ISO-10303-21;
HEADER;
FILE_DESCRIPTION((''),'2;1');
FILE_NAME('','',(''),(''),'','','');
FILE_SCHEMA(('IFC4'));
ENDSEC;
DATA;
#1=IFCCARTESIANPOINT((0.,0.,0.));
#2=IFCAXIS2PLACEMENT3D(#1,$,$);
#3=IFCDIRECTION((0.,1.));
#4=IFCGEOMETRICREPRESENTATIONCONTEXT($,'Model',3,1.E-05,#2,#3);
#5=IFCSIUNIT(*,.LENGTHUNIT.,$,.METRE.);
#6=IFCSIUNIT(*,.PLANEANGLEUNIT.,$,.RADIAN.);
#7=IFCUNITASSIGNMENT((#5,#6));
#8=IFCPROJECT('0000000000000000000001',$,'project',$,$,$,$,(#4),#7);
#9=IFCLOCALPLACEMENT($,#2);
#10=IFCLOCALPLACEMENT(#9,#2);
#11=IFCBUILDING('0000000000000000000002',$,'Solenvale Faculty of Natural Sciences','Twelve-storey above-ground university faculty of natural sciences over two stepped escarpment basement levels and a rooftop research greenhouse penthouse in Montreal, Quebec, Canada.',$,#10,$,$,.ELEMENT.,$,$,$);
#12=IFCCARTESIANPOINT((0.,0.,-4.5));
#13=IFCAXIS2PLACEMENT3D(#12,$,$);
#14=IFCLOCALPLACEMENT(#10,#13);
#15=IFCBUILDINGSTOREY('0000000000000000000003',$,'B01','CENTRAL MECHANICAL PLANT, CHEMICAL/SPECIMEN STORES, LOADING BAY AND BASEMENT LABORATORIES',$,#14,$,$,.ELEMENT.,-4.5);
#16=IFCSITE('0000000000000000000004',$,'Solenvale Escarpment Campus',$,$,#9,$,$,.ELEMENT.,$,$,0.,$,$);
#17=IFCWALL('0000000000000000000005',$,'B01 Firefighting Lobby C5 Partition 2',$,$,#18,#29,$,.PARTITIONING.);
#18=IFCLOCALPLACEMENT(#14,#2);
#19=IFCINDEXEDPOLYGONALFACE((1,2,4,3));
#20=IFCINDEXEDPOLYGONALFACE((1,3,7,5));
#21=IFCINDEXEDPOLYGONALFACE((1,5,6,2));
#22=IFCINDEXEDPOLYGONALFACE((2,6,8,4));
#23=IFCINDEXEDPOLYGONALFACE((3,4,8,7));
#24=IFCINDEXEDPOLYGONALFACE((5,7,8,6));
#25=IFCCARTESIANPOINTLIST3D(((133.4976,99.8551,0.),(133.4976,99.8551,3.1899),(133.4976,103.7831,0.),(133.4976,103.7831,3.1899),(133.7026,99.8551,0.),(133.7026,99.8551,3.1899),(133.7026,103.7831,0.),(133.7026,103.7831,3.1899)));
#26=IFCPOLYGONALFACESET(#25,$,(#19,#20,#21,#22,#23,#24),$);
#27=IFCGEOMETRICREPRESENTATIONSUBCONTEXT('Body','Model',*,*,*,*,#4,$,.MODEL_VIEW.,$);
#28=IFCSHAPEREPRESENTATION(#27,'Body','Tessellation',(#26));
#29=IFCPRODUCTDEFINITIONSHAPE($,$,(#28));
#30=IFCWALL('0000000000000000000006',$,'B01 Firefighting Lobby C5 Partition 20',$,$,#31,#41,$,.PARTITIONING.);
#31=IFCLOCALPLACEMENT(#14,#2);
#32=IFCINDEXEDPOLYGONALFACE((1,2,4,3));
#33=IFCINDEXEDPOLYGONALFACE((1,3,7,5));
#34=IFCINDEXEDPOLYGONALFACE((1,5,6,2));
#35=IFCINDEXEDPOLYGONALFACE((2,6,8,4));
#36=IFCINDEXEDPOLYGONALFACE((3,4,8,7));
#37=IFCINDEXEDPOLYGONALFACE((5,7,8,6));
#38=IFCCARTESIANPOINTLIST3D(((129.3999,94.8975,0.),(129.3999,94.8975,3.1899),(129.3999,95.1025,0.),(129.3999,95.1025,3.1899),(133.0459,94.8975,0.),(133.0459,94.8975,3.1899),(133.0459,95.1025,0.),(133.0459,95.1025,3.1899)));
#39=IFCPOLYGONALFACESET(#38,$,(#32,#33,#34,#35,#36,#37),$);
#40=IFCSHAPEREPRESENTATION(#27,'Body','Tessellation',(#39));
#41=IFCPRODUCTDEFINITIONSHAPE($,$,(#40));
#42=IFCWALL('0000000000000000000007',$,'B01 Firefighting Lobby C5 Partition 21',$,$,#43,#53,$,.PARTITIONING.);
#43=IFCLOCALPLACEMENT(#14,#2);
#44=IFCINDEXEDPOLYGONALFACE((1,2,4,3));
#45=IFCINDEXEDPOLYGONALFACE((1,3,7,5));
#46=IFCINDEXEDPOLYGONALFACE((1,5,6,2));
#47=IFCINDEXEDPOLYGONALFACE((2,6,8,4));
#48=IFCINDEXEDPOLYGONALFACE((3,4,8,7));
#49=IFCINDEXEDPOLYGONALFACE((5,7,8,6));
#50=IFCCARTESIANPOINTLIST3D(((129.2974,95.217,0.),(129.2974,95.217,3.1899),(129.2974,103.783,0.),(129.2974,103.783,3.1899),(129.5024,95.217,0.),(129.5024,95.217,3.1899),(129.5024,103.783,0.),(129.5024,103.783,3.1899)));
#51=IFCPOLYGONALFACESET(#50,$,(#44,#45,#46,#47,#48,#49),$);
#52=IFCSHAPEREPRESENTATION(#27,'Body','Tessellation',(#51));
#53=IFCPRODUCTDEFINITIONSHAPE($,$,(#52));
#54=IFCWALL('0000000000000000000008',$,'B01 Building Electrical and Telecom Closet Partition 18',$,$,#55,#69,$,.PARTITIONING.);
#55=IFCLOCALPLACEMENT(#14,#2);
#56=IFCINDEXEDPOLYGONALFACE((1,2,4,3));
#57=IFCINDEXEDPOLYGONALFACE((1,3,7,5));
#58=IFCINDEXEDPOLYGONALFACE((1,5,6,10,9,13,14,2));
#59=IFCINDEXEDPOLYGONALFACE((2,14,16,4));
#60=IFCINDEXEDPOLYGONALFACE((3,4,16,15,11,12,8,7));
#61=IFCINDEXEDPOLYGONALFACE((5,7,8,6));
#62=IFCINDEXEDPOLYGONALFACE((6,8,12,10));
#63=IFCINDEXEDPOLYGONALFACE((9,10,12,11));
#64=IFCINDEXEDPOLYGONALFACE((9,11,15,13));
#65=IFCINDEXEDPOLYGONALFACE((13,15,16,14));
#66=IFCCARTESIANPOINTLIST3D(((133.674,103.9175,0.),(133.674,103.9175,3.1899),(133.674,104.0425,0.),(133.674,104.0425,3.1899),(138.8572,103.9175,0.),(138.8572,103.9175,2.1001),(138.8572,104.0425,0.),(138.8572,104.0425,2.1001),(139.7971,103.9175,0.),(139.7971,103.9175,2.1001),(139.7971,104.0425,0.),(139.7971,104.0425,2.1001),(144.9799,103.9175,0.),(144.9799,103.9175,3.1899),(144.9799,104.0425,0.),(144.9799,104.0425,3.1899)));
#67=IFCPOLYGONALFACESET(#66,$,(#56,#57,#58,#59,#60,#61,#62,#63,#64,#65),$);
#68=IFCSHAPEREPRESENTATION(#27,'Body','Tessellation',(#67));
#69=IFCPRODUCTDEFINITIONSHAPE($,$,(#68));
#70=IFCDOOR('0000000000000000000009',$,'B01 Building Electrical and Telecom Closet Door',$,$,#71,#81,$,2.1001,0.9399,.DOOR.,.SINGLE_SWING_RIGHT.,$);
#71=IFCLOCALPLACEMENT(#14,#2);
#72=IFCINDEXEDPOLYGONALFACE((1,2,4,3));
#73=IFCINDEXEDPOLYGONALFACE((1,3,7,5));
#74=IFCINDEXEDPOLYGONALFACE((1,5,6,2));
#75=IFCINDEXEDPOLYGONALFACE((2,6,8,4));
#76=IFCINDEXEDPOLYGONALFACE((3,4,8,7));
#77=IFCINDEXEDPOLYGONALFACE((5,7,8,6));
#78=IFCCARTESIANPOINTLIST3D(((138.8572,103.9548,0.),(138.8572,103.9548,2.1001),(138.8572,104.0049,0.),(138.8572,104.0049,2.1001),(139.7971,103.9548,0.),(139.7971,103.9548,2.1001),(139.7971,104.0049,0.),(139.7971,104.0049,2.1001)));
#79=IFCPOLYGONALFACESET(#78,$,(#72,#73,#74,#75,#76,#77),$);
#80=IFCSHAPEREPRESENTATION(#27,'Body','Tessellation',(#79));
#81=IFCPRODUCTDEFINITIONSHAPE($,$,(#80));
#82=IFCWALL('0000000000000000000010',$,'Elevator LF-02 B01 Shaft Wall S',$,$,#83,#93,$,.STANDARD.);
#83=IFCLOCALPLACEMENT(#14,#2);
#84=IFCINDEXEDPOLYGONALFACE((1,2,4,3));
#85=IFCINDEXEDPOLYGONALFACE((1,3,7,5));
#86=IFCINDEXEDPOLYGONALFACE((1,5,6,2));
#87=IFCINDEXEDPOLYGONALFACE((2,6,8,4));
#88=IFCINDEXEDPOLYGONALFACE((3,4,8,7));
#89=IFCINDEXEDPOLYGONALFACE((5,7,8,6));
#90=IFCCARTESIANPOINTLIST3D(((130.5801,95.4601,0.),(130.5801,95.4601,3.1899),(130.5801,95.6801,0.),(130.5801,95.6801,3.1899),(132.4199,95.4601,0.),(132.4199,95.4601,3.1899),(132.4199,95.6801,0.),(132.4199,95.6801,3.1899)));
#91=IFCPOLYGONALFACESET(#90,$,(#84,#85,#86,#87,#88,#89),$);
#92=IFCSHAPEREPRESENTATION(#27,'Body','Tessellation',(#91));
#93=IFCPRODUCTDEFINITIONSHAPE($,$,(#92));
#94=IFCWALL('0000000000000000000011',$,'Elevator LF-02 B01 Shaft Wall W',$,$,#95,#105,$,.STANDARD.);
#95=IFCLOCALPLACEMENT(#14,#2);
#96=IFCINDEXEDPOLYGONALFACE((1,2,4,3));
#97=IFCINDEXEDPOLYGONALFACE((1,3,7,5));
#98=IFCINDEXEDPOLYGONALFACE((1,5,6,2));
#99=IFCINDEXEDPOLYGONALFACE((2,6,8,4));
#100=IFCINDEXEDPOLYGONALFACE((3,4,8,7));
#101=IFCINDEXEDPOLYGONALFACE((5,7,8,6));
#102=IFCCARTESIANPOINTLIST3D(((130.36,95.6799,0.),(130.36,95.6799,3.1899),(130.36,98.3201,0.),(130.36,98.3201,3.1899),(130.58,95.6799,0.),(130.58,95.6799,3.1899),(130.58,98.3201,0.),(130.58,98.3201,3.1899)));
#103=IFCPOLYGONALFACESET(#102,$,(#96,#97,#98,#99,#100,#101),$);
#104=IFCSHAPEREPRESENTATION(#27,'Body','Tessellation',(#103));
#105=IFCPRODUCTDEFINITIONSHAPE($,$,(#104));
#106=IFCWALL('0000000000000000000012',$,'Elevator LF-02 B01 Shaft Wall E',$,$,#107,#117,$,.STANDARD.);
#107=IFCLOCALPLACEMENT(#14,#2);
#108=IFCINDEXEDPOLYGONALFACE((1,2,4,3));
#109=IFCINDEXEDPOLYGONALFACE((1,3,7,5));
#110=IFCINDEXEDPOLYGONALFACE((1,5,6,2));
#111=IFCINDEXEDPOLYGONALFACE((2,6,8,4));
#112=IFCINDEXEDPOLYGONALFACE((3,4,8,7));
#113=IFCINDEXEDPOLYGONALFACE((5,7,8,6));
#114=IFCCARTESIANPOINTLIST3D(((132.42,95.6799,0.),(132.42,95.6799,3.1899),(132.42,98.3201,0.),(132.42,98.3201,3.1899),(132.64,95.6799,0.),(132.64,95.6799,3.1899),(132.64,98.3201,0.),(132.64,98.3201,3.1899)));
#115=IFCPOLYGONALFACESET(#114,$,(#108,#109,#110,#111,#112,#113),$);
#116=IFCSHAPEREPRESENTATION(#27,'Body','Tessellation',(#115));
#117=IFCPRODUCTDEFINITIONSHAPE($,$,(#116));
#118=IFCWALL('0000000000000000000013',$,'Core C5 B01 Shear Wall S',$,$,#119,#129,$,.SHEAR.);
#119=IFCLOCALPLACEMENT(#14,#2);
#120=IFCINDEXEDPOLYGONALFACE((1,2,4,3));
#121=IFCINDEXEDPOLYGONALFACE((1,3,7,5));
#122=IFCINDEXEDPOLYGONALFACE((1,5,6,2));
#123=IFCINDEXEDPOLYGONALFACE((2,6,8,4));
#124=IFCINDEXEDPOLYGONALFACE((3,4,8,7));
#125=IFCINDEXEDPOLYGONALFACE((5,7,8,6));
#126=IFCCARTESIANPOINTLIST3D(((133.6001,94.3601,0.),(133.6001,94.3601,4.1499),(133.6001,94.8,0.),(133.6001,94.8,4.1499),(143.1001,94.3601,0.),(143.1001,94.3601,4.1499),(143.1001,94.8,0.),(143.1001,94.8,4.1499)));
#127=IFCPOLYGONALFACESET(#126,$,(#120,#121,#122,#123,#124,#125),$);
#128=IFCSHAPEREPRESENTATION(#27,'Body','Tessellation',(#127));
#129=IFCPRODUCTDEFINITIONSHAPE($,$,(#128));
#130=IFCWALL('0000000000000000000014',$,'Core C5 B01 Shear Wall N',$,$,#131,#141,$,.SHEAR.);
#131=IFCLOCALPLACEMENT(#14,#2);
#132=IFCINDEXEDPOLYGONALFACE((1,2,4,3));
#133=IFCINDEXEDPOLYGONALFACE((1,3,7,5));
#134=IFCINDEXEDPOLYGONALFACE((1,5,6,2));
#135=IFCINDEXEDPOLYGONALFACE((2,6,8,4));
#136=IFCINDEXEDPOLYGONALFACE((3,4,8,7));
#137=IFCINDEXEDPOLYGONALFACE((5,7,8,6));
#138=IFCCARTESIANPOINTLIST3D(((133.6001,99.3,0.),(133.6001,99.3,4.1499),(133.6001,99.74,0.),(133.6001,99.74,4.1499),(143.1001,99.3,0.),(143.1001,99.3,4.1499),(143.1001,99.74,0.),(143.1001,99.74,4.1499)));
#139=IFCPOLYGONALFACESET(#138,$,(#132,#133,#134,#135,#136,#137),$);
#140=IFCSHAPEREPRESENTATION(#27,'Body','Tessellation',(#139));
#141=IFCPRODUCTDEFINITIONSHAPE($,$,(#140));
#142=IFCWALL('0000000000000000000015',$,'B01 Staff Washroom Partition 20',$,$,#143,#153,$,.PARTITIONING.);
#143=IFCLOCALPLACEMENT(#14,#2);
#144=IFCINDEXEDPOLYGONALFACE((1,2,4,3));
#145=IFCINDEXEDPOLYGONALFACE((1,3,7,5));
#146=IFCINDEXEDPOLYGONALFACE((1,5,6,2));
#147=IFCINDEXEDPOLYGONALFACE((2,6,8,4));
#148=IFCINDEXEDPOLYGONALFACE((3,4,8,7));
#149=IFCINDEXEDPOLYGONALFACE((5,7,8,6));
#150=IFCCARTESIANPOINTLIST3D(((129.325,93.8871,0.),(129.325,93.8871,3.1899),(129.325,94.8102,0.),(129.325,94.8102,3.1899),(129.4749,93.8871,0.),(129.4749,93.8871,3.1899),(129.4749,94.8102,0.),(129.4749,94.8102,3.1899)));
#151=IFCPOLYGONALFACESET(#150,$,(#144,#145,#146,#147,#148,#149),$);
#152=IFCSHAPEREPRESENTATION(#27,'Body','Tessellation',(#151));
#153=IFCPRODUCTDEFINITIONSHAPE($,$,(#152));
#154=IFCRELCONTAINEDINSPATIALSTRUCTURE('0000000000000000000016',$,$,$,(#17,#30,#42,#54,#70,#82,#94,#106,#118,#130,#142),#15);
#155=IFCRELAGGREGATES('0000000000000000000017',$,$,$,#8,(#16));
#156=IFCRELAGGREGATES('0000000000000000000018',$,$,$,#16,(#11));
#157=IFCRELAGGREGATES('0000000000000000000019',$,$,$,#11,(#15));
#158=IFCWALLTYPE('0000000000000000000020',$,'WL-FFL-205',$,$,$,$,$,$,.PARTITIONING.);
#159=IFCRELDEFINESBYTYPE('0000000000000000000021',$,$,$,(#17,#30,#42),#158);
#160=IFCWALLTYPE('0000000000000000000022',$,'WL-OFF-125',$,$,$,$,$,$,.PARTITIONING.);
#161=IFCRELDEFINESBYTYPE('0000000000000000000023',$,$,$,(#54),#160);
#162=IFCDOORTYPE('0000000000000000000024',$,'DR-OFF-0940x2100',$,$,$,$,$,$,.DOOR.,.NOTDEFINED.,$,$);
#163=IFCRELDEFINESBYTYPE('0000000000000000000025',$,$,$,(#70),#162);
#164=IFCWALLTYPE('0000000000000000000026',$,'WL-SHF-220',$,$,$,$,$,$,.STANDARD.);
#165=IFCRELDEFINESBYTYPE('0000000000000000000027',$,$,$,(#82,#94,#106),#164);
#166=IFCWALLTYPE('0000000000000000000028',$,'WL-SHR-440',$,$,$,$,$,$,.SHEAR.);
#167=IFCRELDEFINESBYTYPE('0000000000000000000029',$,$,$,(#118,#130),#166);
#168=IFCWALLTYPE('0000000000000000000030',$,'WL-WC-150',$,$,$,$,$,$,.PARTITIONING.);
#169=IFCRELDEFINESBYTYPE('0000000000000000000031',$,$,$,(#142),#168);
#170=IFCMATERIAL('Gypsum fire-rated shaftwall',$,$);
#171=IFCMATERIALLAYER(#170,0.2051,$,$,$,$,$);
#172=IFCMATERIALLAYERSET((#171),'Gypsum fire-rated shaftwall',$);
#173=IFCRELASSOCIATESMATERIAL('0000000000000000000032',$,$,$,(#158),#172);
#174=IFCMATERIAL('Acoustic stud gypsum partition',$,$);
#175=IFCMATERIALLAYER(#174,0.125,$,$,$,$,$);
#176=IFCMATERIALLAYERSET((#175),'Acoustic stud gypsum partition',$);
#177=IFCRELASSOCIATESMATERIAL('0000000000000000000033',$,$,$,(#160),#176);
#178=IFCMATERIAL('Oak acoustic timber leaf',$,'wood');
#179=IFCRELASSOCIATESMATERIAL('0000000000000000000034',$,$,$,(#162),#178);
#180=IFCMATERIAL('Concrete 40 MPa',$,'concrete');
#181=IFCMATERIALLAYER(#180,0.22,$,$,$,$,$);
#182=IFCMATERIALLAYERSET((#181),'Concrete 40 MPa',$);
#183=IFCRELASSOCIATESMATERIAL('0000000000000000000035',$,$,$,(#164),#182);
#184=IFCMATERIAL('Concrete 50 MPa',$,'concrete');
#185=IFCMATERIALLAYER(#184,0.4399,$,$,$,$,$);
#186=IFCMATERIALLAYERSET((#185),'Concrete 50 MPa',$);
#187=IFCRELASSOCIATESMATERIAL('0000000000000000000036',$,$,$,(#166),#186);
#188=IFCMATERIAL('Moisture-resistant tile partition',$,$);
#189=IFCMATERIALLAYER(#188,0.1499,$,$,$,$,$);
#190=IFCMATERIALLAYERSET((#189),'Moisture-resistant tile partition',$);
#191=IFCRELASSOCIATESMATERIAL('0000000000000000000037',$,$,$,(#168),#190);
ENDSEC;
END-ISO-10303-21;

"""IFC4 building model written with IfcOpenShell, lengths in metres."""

from ifc_helpers import new_model, si_unit, direction, frame, frame_2d, origin, place, context, subcontext, project, spatial, rectangle, extrude, material, layer, layer_set, type_object, element, fill, save


model = new_model("IFC4")

# Units and contexts
model_context = context("Model", 3, precision=1e-05, world=origin(), true_north=direction((0.0, 1.0)))
body_context = subcontext(model_context, "Body", "Model", "MODEL_VIEW")
ifc_project = project(units=[si_unit("LENGTHUNIT", "METRE"), si_unit("PLANEANGLEUNIT", "RADIAN")], contexts=[model_context])

# Site, building, storey
site_placement = place(None, origin())
site = spatial("IfcSite", under=ifc_project, at=site_placement, Name="Solenvale Escarpment Campus", CompositionType="ELEMENT", RefElevation=0.0)
building_placement = place(site_placement, origin())
building = spatial("IfcBuilding", under=site, at=building_placement, Name="Solenvale Faculty of Natural Sciences", Description="Twelve-storey above-ground university faculty of natural sciences over two stepped escarpment basement levels and a rooftop research greenhouse penthouse in Montreal, Quebec, Canada.", CompositionType="ELEMENT")
storey_placement = place(building_placement, frame((0.0, 0.0, -4.5)))
storey = spatial("IfcBuildingStorey", under=building, at=storey_placement, Name="B01", Description="CENTRAL MECHANICAL PLANT, CHEMICAL/SPECIMEN STORES, LOADING BAY AND BASEMENT LABORATORIES", CompositionType="ELEMENT", Elevation=-4.5)

# Shared definitions
ifc_material_1 = material(Name="Concrete 50 MPa", Category="concrete")

# Shared definitions
ifc_material_2 = material(Name="Concrete 40 MPa", Category="concrete")

# Shared definitions
ifc_material_3 = material(Name="Gypsum fire-rated shaftwall")
ifc_layer_1 = layer(ifc_material_3, 0.2051)
ifc_layer_set_1 = layer_set([ifc_layer_1], Name="Gypsum fire-rated shaftwall")
wall_type_1 = type_object("IfcWallType", Name="WL-FFL-205", PredefinedType="PARTITIONING", material=ifc_layer_set_1)

# Walls
wall_1_placement = place(storey_placement, frame((133.6001, 103.783, 0.0), z_axis=(0.0, 0.0, 1.0), x_axis=(0.0, -1.0, 0.0)))
element("IfcWall", 1, at=wall_1_placement, inside=storey, type_object=wall_type_1, Name="B01 Firefighting Lobby C5 Partition 2", PredefinedType="PARTITIONING", context=body_context, shape_type="SweptSolid", body=[
    extrude(rectangle(XDim=3.928, YDim=0.2051, at=frame_2d((1.9639, 0.0))), origin(), (0.0, 0.0, 1.0), 3.1899),
])
wall_2_placement = place(storey_placement, frame((133.0459, 95.0, 0.0), z_axis=(0.0, 0.0, 1.0), x_axis=(-1.0, 0.0, 0.0)))
element("IfcWall", 2, at=wall_2_placement, inside=storey, type_object=wall_type_1, Name="B01 Firefighting Lobby C5 Partition 20", PredefinedType="PARTITIONING", context=body_context, shape_type="SweptSolid", body=[
    extrude(rectangle(XDim=3.646, YDim=0.2051, at=frame_2d((1.823, 0.0))), origin(), (0.0, 0.0, 1.0), 3.1899),
])
wall_3_placement = place(storey_placement, frame((129.3999, 95.217, 0.0), z_axis=(0.0, 0.0, 1.0), x_axis=(0.0, 1.0, 0.0)))
element("IfcWall", 3, at=wall_3_placement, inside=storey, type_object=wall_type_1, Name="B01 Firefighting Lobby C5 Partition 21", PredefinedType="PARTITIONING", context=body_context, shape_type="SweptSolid", body=[
    extrude(rectangle(XDim=8.5659, YDim=0.2051, at=frame_2d((4.283, 0.0))), origin(), (0.0, 0.0, 1.0), 3.1899),
])

# Wall, opening, door
ifc_material_4 = material(Name="Acoustic stud gypsum partition")
ifc_layer_2 = layer(ifc_material_4, 0.125)
ifc_layer_set_2 = layer_set([ifc_layer_2], Name="Acoustic stud gypsum partition")
wall_type_2 = type_object("IfcWallType", Name="WL-OFF-125", PredefinedType="PARTITIONING", material=ifc_layer_set_2)
wall_4_placement = place(storey_placement, frame((133.6741, 103.98, 0.0), z_axis=(0.0, 0.0, 1.0), x_axis=(1.0, 0.0, 0.0)))
wall_4 = element("IfcWall", 4, at=wall_4_placement, inside=storey, type_object=wall_type_2, Name="B01 Building Electrical and Telecom Closet Partition 18", PredefinedType="PARTITIONING", context=body_context, shape_type="SweptSolid", body=[
    extrude(rectangle(XDim=11.3059, YDim=0.125, at=frame_2d((5.6528, 0.0))), origin(), (0.0, 0.0, 1.0), 3.1899),
])
opening_1_placement = place(wall_4_placement, frame((5.1831, 0.0, 0.0)))
opening_1 = element("IfcOpeningElement", 5, at=opening_1_placement, cuts=wall_4, PredefinedType="OPENING", context=body_context, shape_type="SweptSolid", body=[
    extrude(rectangle(XDim=0.9399, YDim=2.1001, at=frame_2d((0.47, 1.05))), frame((0.0, 0.0725, 0.0), z_axis=(0.0, -1.0, 0.0), x_axis=(1.0, 0.0, 0.0)), (0.0, 0.0, 1.0), 0.145),
])
ifc_material_5 = material(Name="Oak acoustic timber leaf", Category="wood")
door_type_1 = type_object("IfcDoorType", Name="DR-OFF-0940x2100", OperationType="NOTDEFINED", PredefinedType="DOOR", material=ifc_material_5)
door_1_placement = place(opening_1_placement, origin())
door_1 = element("IfcDoor", 6, at=door_1_placement, inside=storey, type_object=door_type_1, Name="B01 Building Electrical and Telecom Closet Door", OperationType="SINGLE_SWING_RIGHT", OverallHeight=2.1001, OverallWidth=0.9399, PredefinedType="DOOR", context=body_context, shape_type="SweptSolid", body=[
    extrude(rectangle(XDim=0.9399, YDim=2.1001, at=frame_2d((0.47, 1.05))), frame((0.0, 0.0249, 0.0), z_axis=(0.0, -1.0, 0.0), x_axis=(1.0, 0.0, 0.0)), (0.0, 0.0, 1.0), 0.05),
])
fill(opening_1, door_1)

# Wall
ifc_layer_3 = layer(ifc_material_2, 0.22)
ifc_layer_set_3 = layer_set([ifc_layer_3], Name="Concrete 40 MPa")
wall_type_3 = type_object("IfcWallType", Name="WL-SHF-220", PredefinedType="STANDARD", material=ifc_layer_set_3)
wall_5_placement = place(storey_placement, frame((130.5801, 95.5701, 0.0), z_axis=(0.0, 0.0, 1.0), x_axis=(1.0, 0.0, 0.0)))
element("IfcWall", 7, at=wall_5_placement, inside=storey, type_object=wall_type_3, Name="Elevator LF-02 B01 Shaft Wall S", PredefinedType="STANDARD", context=body_context, shape_type="SweptSolid", body=[
    extrude(rectangle(XDim=1.8398, YDim=0.22, at=frame_2d((0.9199, 0.0))), origin(), (0.0, 0.0, 1.0), 3.1899),
])

# Walls
for number, where, z_axis, x_axis, name in (
    (8, (130.47, 95.6799, 0.0), (0.0, 0.0, 1.0), (0.0, 1.0, 0.0), "Elevator LF-02 B01 Shaft Wall W"),
    (9, (132.53, 95.6799, 0.0), (0.0, 0.0, 1.0), (0.0, 1.0, 0.0), "Elevator LF-02 B01 Shaft Wall E"),
):
    element("IfcWall", number, at=place(storey_placement, frame(where, z_axis=z_axis, x_axis=x_axis)), inside=storey, type_object=wall_type_3, Name=name, PredefinedType="STANDARD", context=body_context, shape_type="SweptSolid", body=[
        extrude(rectangle(XDim=2.6401, YDim=0.22, at=frame_2d((1.3201, 0.0))), origin(), (0.0, 0.0, 1.0), 3.1899),
    ])
ifc_layer_4 = layer(ifc_material_1, 0.4399)
ifc_layer_set_4 = layer_set([ifc_layer_4], Name="Concrete 50 MPa")
wall_type_4 = type_object("IfcWallType", Name="WL-SHR-440", PredefinedType="SHEAR", material=ifc_layer_set_4)
for number, where, z_axis, x_axis, name in (
    (10, (133.6001, 94.5801, 0.0), (0.0, 0.0, 1.0), (1.0, 0.0, 0.0), "Core C5 B01 Shear Wall S"),
    (11, (133.6001, 99.52, 0.0), (0.0, 0.0, 1.0), (1.0, 0.0, 0.0), "Core C5 B01 Shear Wall N"),
):
    element("IfcWall", number, at=place(storey_placement, frame(where, z_axis=z_axis, x_axis=x_axis)), inside=storey, type_object=wall_type_4, Name=name, PredefinedType="SHEAR", context=body_context, shape_type="SweptSolid", body=[
        extrude(rectangle(XDim=9.5, YDim=0.4399, at=frame_2d((4.75, 0.0))), origin(), (0.0, 0.0, 1.0), 4.1499),
    ])

# Wall
ifc_material_6 = material(Name="Moisture-resistant tile partition")
ifc_layer_5 = layer(ifc_material_6, 0.1499)
ifc_layer_set_5 = layer_set([ifc_layer_5], Name="Moisture-resistant tile partition")
wall_type_5 = type_object("IfcWallType", Name="WL-WC-150", PredefinedType="PARTITIONING", material=ifc_layer_set_5)
wall_6_placement = place(storey_placement, frame((129.3999, 94.8101, 0.0), z_axis=(0.0, 0.0, 1.0), x_axis=(0.0, -1.0, 0.0)))
element("IfcWall", 12, at=wall_6_placement, inside=storey, type_object=wall_type_5, Name="B01 Staff Washroom Partition 20", PredefinedType="PARTITIONING", context=body_context, shape_type="SweptSolid", body=[
    extrude(rectangle(XDim=0.9231, YDim=0.1499, at=frame_2d((0.4614, 0.0))), origin(), (0.0, 0.0, 1.0), 3.1899),
])

save(model, "model.ifc")
